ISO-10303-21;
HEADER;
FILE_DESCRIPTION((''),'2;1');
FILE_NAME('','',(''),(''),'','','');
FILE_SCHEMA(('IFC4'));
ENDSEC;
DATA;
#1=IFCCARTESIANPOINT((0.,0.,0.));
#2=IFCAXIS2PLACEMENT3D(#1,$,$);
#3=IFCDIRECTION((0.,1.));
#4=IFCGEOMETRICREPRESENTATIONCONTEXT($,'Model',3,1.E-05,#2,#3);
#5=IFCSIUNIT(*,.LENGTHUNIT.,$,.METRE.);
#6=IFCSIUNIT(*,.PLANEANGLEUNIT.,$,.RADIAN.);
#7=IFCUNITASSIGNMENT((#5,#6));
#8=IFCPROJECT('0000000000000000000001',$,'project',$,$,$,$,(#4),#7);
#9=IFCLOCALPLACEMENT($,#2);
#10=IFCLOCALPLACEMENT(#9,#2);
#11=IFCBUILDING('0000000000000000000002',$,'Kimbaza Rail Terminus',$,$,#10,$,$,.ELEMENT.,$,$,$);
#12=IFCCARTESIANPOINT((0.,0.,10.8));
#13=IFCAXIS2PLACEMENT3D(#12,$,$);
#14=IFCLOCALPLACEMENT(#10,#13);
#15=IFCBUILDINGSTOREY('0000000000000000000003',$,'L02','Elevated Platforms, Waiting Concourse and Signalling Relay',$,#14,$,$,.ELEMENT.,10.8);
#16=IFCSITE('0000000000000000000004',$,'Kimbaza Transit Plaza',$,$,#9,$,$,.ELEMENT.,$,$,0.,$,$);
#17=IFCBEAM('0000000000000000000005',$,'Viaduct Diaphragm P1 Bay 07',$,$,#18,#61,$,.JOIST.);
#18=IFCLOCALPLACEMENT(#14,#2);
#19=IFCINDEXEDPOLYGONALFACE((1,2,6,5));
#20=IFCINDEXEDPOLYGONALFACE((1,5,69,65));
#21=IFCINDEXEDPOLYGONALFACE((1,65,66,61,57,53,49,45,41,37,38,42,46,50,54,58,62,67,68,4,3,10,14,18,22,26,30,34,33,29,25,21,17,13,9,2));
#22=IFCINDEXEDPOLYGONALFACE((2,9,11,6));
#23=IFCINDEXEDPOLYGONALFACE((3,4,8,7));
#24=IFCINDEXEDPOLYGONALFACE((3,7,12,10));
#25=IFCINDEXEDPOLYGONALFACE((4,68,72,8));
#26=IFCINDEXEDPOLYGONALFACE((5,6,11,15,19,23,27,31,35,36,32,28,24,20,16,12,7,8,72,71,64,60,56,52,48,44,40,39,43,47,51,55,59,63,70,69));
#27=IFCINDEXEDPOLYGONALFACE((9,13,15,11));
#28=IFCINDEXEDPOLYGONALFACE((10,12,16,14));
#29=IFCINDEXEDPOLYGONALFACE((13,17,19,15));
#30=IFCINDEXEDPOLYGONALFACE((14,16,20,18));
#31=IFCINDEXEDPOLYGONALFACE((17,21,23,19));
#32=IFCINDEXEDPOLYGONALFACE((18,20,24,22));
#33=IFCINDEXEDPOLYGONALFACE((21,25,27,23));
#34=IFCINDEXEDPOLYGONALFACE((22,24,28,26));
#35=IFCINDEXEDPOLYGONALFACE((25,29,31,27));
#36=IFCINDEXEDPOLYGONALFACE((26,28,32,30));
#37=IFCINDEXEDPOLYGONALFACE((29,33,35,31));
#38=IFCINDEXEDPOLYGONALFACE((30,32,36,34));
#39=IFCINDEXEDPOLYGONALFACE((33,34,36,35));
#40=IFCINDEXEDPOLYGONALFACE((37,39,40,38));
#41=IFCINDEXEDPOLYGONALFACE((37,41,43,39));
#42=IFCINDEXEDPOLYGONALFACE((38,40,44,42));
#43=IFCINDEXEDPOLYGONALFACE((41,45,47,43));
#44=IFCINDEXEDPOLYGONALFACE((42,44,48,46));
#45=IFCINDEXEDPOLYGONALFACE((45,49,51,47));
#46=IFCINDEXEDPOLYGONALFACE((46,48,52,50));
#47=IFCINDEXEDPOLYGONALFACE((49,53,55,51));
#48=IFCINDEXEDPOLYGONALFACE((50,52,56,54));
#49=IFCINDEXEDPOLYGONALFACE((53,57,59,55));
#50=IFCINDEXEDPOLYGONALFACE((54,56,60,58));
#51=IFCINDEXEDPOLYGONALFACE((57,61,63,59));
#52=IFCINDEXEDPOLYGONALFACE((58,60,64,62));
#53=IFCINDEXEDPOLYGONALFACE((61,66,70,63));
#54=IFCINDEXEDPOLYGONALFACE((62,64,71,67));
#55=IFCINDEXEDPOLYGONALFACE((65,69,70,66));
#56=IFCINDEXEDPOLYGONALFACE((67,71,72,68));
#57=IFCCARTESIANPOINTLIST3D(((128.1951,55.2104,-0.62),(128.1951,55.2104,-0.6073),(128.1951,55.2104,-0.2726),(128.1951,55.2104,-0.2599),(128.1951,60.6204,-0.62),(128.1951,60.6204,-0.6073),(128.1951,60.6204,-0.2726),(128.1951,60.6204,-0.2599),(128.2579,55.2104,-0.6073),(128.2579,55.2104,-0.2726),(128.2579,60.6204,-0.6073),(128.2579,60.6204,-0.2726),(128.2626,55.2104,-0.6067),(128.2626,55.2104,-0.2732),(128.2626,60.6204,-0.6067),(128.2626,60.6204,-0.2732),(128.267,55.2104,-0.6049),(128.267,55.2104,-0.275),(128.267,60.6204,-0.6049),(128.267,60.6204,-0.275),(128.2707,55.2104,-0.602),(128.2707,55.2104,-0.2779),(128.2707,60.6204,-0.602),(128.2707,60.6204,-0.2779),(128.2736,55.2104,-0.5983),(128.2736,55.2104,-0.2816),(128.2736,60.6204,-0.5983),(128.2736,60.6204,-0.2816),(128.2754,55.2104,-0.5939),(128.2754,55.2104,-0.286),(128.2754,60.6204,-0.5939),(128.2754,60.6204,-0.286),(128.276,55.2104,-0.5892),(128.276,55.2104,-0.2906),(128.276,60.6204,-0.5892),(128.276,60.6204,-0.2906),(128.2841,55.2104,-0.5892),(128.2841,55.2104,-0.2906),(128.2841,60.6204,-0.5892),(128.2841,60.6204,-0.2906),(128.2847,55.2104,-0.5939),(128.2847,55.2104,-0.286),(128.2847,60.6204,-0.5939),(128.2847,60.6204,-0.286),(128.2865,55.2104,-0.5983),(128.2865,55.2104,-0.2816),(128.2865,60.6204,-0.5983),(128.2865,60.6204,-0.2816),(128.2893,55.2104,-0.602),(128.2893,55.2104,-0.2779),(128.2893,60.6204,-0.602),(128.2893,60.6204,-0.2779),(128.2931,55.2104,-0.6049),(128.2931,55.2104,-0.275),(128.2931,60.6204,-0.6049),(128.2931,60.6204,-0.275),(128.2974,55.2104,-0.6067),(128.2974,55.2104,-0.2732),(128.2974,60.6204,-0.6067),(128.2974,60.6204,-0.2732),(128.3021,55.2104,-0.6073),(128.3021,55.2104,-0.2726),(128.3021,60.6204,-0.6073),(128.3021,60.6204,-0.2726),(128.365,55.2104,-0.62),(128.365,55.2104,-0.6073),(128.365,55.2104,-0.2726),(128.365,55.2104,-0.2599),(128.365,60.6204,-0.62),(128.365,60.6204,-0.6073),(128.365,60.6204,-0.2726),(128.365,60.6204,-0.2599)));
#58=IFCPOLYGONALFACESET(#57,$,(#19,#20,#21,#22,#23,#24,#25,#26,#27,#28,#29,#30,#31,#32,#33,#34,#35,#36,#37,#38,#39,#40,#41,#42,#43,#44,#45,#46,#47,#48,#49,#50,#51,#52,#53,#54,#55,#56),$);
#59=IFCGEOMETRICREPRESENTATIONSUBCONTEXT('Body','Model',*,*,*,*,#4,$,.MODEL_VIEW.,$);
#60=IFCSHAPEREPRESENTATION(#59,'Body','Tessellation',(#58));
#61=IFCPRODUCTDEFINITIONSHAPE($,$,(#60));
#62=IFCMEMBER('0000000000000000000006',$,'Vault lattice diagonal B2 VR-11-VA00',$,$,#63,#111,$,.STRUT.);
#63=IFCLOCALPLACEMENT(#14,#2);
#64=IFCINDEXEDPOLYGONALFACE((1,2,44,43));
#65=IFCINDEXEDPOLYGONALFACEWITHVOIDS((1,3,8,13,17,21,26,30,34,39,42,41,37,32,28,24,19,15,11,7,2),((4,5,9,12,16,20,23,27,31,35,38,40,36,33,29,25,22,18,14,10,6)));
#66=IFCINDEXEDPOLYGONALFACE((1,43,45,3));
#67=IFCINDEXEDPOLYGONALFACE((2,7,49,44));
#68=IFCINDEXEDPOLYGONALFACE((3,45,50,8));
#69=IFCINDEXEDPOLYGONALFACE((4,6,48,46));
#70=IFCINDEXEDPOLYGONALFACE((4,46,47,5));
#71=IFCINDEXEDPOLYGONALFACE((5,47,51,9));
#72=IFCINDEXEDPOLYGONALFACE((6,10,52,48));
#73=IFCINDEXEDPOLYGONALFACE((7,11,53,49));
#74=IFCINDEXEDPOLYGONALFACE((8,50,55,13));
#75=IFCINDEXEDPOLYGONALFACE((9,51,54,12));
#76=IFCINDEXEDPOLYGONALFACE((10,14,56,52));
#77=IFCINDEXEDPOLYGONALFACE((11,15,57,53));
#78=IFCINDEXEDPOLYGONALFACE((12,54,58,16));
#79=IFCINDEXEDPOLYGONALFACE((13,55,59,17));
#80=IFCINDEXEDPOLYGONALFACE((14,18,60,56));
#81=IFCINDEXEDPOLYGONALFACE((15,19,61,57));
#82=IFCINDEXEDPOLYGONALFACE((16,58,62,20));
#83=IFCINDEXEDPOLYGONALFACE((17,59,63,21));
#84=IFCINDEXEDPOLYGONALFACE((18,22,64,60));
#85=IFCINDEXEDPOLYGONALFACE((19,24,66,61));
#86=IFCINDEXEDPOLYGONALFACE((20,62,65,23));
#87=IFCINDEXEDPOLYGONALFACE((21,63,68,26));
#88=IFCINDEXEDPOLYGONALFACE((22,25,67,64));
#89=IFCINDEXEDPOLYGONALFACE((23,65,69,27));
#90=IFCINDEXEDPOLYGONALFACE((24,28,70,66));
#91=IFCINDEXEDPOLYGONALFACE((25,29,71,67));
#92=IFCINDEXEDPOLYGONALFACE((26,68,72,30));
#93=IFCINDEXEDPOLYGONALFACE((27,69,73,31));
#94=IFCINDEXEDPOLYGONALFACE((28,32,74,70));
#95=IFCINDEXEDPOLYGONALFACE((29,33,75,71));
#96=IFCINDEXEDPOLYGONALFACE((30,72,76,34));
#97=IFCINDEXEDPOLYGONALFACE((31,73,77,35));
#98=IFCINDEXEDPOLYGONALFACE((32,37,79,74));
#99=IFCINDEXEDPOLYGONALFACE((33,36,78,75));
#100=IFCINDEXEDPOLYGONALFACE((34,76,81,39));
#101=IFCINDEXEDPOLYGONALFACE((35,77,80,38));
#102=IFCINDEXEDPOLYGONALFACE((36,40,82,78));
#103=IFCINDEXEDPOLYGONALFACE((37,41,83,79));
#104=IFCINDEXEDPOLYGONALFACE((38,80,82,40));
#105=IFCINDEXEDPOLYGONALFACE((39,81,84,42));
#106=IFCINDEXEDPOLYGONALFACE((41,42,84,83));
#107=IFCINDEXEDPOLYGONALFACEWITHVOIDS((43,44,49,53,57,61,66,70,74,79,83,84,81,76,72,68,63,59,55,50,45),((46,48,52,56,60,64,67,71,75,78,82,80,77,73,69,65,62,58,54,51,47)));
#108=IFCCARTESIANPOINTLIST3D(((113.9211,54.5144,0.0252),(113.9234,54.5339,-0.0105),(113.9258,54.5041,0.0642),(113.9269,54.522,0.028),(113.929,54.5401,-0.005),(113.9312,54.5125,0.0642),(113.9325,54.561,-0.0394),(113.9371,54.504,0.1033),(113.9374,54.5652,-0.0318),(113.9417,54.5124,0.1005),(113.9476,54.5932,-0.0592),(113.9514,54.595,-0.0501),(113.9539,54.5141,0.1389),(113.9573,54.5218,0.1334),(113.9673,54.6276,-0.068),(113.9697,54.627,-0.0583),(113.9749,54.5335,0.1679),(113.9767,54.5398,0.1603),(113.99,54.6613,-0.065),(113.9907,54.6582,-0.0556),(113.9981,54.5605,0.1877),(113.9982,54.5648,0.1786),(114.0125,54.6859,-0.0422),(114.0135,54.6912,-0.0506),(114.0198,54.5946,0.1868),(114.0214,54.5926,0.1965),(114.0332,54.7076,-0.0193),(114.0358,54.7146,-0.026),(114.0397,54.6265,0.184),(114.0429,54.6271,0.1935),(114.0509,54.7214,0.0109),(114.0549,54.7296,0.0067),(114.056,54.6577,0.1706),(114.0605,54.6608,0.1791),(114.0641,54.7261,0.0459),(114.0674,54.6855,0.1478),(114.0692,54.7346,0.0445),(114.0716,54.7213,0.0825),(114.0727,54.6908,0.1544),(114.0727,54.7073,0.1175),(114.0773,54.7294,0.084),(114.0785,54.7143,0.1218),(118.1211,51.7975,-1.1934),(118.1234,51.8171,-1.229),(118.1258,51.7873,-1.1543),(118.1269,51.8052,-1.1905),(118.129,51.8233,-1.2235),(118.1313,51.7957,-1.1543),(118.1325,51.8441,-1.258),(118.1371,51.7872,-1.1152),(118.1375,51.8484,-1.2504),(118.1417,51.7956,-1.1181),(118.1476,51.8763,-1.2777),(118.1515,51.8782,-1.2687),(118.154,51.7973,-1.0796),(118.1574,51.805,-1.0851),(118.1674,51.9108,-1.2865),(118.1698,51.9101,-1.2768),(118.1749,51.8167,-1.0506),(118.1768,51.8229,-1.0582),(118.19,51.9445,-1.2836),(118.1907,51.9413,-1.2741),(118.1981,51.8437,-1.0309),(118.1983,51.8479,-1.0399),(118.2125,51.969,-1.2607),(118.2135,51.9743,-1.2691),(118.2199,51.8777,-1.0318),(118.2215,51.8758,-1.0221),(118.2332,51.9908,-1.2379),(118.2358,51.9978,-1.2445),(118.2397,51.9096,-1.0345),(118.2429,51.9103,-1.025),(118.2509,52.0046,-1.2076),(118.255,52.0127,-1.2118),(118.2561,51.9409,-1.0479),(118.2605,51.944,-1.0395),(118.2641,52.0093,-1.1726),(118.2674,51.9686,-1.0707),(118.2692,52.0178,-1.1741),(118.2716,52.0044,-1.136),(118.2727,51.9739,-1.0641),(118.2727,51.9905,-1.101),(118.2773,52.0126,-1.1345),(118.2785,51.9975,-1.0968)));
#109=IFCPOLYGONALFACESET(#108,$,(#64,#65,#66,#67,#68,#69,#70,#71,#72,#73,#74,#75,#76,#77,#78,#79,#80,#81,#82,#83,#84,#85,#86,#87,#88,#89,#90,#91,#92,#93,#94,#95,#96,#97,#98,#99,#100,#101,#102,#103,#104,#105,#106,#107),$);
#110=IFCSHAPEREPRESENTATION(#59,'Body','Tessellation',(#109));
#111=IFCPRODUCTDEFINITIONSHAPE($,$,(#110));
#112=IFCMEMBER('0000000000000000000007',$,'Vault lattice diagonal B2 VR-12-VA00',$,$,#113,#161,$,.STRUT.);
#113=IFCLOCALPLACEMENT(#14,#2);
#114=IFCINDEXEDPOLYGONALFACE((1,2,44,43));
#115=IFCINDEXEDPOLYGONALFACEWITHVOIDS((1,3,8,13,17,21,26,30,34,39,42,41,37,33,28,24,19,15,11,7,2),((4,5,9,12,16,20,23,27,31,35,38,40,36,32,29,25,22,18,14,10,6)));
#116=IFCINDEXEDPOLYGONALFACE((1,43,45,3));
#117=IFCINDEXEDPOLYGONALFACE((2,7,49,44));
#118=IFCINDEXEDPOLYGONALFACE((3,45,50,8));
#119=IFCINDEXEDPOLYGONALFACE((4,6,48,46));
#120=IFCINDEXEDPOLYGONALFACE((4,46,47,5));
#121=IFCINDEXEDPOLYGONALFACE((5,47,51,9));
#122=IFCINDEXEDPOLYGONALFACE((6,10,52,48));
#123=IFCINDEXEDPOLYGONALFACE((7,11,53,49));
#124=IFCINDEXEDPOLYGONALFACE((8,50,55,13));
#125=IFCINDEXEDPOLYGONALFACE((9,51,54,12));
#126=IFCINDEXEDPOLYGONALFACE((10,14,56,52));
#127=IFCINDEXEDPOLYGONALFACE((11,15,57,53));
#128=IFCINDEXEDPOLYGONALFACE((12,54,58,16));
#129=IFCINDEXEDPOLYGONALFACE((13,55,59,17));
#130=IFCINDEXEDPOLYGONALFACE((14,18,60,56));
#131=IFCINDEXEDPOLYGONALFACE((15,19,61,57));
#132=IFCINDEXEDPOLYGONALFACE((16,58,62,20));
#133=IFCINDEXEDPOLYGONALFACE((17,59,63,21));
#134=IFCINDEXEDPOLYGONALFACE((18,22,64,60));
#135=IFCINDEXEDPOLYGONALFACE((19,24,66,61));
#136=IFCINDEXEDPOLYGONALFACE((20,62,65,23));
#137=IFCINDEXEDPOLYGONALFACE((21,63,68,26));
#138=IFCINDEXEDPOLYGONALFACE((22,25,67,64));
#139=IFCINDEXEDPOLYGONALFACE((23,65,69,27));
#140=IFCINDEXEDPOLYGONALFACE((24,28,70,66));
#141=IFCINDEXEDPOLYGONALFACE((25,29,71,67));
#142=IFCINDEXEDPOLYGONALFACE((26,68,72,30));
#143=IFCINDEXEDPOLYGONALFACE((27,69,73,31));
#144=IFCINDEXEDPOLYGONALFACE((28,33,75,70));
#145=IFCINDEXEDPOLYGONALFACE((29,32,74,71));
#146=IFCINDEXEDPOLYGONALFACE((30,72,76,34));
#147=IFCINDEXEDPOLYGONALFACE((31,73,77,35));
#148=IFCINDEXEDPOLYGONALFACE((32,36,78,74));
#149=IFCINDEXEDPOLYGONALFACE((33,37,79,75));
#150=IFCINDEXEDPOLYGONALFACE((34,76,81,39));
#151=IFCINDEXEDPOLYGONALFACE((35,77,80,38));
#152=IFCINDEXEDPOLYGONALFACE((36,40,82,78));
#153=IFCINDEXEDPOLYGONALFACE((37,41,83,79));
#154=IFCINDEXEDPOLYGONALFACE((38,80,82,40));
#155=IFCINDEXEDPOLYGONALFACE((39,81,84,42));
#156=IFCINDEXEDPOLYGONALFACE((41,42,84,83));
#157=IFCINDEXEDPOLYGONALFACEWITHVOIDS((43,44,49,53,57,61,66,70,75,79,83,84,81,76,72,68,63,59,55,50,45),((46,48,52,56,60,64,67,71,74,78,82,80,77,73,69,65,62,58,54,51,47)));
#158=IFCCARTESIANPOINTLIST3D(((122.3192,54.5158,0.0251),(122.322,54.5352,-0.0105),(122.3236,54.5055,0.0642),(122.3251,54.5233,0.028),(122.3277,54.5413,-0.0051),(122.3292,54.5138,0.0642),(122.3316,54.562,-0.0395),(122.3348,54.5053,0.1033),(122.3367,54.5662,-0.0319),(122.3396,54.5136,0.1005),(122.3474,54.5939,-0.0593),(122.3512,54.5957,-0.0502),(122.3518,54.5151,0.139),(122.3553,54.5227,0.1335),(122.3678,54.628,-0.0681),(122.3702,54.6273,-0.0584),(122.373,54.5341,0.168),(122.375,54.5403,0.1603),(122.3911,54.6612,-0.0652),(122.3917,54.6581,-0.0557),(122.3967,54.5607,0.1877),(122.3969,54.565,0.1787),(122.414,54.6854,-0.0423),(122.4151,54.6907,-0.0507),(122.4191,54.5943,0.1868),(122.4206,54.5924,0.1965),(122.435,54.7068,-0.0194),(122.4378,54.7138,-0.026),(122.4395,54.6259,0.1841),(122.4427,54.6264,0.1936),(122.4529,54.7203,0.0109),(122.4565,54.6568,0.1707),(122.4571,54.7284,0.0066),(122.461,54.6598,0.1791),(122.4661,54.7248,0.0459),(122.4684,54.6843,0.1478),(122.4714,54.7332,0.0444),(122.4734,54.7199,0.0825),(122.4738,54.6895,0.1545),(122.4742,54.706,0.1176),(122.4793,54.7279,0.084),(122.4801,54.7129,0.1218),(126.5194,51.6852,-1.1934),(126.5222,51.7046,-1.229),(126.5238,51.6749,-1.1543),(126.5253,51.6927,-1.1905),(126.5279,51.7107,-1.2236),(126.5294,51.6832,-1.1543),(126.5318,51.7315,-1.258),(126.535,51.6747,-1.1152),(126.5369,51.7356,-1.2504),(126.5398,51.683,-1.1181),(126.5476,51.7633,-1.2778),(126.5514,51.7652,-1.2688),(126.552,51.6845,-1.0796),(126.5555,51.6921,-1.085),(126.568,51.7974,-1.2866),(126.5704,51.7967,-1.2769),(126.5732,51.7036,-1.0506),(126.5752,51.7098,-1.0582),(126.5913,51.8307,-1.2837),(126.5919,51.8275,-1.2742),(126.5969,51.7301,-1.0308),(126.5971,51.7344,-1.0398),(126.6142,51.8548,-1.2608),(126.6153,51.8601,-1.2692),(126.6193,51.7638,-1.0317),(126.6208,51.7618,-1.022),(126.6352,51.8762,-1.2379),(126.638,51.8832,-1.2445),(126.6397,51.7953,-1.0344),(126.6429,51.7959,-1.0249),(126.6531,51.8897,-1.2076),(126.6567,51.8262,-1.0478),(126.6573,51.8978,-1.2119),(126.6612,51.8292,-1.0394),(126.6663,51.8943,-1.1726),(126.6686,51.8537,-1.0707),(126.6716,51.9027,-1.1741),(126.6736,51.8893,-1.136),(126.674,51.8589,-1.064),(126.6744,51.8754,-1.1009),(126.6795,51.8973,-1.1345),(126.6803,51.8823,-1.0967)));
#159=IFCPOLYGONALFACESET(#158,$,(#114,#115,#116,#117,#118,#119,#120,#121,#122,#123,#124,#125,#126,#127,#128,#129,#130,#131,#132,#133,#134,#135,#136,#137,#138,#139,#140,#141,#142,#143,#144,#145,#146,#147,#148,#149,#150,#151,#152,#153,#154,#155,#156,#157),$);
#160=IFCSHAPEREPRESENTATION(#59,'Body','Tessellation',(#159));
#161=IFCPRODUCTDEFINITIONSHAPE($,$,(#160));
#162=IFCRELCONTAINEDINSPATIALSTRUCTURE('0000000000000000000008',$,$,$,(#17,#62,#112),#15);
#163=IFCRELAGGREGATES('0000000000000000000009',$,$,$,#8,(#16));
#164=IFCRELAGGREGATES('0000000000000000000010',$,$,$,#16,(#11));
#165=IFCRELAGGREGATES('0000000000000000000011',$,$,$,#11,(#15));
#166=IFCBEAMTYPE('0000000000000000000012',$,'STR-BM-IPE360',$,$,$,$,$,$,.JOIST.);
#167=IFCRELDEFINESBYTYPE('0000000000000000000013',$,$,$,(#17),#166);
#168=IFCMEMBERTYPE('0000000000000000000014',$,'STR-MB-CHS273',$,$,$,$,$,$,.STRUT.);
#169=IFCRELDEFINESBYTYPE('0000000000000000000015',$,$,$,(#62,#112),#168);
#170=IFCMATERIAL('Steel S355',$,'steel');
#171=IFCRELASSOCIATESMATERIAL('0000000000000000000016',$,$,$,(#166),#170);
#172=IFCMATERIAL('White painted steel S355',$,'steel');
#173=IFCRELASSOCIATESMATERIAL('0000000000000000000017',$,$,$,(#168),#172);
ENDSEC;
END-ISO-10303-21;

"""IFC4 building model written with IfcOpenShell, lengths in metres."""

from ifc_helpers import new_model, si_unit, direction, frame, origin, origin_2d, place, context, subcontext, project, spatial, hollow_circle, i_section, extrude, material, material_profile, profile_set, type_object, element, save


model = new_model("IFC4")

# Units and contexts
model_context = context("Model", 3, precision=1e-05, world=origin(), true_north=direction((0.0, 1.0)))
body_context = subcontext(model_context, "Body", "Model", "MODEL_VIEW")
ifc_project = project(units=[si_unit("LENGTHUNIT", "METRE"), si_unit("PLANEANGLEUNIT", "RADIAN")], contexts=[model_context])

# Site, building, storey
site_placement = place(None, origin())
site = spatial("IfcSite", under=ifc_project, at=site_placement, Name="Kimbaza Transit Plaza", CompositionType="ELEMENT", RefElevation=0.0)
building_placement = place(site_placement, origin())
building = spatial("IfcBuilding", under=site, at=building_placement, Name="Kimbaza Rail Terminus", CompositionType="ELEMENT")
storey_placement = place(building_placement, frame((0.0, 0.0, 10.8)))
storey = spatial("IfcBuildingStorey", under=building, at=storey_placement, Name="L02", Description="Elevated Platforms, Waiting Concourse and Signalling Relay", CompositionType="ELEMENT", Elevation=10.8)

# Beam
ifc_material_1 = material(Name="Steel S355", Category="steel")
ifc_material_profile_1 = material_profile(ifc_material_1, i_section(OverallWidth=0.1699, OverallDepth=0.3601, WebThickness=0.0081, FlangeThickness=0.0127, FilletRadius=0.0181, at=origin_2d()), Name="IPE 360")
ifc_profile_set_1 = profile_set([ifc_material_profile_1], Name="Steel S355")
beam_type_1 = type_object("IfcBeamType", Name="STR-BM-IPE360", PredefinedType="JOIST", material=ifc_profile_set_1)
beam_1_placement = place(storey_placement, frame((128.28, 55.2104, -0.4399), z_axis=(0.0, 1.0, 0.0), x_axis=(-1.0, 0.0, 0.0)))
element("IfcBeam", 1, at=beam_1_placement, inside=storey, type_object=beam_type_1, Name="Viaduct Diaphragm P1 Bay 07", PredefinedType="JOIST", context=body_context, shape_type="SweptSolid", body=[
    extrude(i_section(OverallWidth=0.1699, OverallDepth=0.3601, WebThickness=0.0081, FlangeThickness=0.0127, FilletRadius=0.0181, at=origin_2d()), origin(), (0.0, 0.0, 1.0), 5.4099),
])

# Members
ifc_material_2 = material(Name="White painted steel S355", Category="steel")
ifc_material_profile_2 = material_profile(ifc_material_2, hollow_circle(Radius=0.1365, WallThickness=0.01, at=origin_2d()), Name="CHS 273x10")
ifc_profile_set_2 = profile_set([ifc_material_profile_2], Name="White painted steel S355")
member_type_1 = type_object("IfcMemberType", Name="STR-MB-CHS273", PredefinedType="STRUT", material=ifc_profile_set_2)
member_1_placement = place(storey_placement, frame((118.2, 51.9019, -1.1543), z_axis=(-0.815789, 0.527704, 0.23668), x_axis=(-0.543136, -0.839645, 0.0)))
element("IfcMember", 2, at=member_1_placement, inside=storey, type_object=member_type_1, Name="Vault lattice diagonal B2 VR-11-VA00", PredefinedType="STRUT", context=body_context, shape_type="SweptSolid", body=[
    extrude(hollow_circle(Radius=0.1365, WallThickness=0.01, at=origin_2d()), origin(), (0.0, 0.0, 1.0), 5.1484),
])
member_2_placement = place(storey_placement, frame((126.6001, 51.7881, -1.1543), z_axis=(-0.806263, 0.543351, 0.233902), x_axis=(-0.558853, -0.829266, 0.0)))
element("IfcMember", 3, at=member_2_placement, inside=storey, type_object=member_type_1, Name="Vault lattice diagonal B2 VR-12-VA00", PredefinedType="STRUT", context=body_context, shape_type="SweptSolid", body=[
    extrude(hollow_circle(Radius=0.1365, WallThickness=0.01, at=origin_2d()), origin(), (0.0, 0.0, 1.0), 5.2095),
])

save(model, "model.ifc")
